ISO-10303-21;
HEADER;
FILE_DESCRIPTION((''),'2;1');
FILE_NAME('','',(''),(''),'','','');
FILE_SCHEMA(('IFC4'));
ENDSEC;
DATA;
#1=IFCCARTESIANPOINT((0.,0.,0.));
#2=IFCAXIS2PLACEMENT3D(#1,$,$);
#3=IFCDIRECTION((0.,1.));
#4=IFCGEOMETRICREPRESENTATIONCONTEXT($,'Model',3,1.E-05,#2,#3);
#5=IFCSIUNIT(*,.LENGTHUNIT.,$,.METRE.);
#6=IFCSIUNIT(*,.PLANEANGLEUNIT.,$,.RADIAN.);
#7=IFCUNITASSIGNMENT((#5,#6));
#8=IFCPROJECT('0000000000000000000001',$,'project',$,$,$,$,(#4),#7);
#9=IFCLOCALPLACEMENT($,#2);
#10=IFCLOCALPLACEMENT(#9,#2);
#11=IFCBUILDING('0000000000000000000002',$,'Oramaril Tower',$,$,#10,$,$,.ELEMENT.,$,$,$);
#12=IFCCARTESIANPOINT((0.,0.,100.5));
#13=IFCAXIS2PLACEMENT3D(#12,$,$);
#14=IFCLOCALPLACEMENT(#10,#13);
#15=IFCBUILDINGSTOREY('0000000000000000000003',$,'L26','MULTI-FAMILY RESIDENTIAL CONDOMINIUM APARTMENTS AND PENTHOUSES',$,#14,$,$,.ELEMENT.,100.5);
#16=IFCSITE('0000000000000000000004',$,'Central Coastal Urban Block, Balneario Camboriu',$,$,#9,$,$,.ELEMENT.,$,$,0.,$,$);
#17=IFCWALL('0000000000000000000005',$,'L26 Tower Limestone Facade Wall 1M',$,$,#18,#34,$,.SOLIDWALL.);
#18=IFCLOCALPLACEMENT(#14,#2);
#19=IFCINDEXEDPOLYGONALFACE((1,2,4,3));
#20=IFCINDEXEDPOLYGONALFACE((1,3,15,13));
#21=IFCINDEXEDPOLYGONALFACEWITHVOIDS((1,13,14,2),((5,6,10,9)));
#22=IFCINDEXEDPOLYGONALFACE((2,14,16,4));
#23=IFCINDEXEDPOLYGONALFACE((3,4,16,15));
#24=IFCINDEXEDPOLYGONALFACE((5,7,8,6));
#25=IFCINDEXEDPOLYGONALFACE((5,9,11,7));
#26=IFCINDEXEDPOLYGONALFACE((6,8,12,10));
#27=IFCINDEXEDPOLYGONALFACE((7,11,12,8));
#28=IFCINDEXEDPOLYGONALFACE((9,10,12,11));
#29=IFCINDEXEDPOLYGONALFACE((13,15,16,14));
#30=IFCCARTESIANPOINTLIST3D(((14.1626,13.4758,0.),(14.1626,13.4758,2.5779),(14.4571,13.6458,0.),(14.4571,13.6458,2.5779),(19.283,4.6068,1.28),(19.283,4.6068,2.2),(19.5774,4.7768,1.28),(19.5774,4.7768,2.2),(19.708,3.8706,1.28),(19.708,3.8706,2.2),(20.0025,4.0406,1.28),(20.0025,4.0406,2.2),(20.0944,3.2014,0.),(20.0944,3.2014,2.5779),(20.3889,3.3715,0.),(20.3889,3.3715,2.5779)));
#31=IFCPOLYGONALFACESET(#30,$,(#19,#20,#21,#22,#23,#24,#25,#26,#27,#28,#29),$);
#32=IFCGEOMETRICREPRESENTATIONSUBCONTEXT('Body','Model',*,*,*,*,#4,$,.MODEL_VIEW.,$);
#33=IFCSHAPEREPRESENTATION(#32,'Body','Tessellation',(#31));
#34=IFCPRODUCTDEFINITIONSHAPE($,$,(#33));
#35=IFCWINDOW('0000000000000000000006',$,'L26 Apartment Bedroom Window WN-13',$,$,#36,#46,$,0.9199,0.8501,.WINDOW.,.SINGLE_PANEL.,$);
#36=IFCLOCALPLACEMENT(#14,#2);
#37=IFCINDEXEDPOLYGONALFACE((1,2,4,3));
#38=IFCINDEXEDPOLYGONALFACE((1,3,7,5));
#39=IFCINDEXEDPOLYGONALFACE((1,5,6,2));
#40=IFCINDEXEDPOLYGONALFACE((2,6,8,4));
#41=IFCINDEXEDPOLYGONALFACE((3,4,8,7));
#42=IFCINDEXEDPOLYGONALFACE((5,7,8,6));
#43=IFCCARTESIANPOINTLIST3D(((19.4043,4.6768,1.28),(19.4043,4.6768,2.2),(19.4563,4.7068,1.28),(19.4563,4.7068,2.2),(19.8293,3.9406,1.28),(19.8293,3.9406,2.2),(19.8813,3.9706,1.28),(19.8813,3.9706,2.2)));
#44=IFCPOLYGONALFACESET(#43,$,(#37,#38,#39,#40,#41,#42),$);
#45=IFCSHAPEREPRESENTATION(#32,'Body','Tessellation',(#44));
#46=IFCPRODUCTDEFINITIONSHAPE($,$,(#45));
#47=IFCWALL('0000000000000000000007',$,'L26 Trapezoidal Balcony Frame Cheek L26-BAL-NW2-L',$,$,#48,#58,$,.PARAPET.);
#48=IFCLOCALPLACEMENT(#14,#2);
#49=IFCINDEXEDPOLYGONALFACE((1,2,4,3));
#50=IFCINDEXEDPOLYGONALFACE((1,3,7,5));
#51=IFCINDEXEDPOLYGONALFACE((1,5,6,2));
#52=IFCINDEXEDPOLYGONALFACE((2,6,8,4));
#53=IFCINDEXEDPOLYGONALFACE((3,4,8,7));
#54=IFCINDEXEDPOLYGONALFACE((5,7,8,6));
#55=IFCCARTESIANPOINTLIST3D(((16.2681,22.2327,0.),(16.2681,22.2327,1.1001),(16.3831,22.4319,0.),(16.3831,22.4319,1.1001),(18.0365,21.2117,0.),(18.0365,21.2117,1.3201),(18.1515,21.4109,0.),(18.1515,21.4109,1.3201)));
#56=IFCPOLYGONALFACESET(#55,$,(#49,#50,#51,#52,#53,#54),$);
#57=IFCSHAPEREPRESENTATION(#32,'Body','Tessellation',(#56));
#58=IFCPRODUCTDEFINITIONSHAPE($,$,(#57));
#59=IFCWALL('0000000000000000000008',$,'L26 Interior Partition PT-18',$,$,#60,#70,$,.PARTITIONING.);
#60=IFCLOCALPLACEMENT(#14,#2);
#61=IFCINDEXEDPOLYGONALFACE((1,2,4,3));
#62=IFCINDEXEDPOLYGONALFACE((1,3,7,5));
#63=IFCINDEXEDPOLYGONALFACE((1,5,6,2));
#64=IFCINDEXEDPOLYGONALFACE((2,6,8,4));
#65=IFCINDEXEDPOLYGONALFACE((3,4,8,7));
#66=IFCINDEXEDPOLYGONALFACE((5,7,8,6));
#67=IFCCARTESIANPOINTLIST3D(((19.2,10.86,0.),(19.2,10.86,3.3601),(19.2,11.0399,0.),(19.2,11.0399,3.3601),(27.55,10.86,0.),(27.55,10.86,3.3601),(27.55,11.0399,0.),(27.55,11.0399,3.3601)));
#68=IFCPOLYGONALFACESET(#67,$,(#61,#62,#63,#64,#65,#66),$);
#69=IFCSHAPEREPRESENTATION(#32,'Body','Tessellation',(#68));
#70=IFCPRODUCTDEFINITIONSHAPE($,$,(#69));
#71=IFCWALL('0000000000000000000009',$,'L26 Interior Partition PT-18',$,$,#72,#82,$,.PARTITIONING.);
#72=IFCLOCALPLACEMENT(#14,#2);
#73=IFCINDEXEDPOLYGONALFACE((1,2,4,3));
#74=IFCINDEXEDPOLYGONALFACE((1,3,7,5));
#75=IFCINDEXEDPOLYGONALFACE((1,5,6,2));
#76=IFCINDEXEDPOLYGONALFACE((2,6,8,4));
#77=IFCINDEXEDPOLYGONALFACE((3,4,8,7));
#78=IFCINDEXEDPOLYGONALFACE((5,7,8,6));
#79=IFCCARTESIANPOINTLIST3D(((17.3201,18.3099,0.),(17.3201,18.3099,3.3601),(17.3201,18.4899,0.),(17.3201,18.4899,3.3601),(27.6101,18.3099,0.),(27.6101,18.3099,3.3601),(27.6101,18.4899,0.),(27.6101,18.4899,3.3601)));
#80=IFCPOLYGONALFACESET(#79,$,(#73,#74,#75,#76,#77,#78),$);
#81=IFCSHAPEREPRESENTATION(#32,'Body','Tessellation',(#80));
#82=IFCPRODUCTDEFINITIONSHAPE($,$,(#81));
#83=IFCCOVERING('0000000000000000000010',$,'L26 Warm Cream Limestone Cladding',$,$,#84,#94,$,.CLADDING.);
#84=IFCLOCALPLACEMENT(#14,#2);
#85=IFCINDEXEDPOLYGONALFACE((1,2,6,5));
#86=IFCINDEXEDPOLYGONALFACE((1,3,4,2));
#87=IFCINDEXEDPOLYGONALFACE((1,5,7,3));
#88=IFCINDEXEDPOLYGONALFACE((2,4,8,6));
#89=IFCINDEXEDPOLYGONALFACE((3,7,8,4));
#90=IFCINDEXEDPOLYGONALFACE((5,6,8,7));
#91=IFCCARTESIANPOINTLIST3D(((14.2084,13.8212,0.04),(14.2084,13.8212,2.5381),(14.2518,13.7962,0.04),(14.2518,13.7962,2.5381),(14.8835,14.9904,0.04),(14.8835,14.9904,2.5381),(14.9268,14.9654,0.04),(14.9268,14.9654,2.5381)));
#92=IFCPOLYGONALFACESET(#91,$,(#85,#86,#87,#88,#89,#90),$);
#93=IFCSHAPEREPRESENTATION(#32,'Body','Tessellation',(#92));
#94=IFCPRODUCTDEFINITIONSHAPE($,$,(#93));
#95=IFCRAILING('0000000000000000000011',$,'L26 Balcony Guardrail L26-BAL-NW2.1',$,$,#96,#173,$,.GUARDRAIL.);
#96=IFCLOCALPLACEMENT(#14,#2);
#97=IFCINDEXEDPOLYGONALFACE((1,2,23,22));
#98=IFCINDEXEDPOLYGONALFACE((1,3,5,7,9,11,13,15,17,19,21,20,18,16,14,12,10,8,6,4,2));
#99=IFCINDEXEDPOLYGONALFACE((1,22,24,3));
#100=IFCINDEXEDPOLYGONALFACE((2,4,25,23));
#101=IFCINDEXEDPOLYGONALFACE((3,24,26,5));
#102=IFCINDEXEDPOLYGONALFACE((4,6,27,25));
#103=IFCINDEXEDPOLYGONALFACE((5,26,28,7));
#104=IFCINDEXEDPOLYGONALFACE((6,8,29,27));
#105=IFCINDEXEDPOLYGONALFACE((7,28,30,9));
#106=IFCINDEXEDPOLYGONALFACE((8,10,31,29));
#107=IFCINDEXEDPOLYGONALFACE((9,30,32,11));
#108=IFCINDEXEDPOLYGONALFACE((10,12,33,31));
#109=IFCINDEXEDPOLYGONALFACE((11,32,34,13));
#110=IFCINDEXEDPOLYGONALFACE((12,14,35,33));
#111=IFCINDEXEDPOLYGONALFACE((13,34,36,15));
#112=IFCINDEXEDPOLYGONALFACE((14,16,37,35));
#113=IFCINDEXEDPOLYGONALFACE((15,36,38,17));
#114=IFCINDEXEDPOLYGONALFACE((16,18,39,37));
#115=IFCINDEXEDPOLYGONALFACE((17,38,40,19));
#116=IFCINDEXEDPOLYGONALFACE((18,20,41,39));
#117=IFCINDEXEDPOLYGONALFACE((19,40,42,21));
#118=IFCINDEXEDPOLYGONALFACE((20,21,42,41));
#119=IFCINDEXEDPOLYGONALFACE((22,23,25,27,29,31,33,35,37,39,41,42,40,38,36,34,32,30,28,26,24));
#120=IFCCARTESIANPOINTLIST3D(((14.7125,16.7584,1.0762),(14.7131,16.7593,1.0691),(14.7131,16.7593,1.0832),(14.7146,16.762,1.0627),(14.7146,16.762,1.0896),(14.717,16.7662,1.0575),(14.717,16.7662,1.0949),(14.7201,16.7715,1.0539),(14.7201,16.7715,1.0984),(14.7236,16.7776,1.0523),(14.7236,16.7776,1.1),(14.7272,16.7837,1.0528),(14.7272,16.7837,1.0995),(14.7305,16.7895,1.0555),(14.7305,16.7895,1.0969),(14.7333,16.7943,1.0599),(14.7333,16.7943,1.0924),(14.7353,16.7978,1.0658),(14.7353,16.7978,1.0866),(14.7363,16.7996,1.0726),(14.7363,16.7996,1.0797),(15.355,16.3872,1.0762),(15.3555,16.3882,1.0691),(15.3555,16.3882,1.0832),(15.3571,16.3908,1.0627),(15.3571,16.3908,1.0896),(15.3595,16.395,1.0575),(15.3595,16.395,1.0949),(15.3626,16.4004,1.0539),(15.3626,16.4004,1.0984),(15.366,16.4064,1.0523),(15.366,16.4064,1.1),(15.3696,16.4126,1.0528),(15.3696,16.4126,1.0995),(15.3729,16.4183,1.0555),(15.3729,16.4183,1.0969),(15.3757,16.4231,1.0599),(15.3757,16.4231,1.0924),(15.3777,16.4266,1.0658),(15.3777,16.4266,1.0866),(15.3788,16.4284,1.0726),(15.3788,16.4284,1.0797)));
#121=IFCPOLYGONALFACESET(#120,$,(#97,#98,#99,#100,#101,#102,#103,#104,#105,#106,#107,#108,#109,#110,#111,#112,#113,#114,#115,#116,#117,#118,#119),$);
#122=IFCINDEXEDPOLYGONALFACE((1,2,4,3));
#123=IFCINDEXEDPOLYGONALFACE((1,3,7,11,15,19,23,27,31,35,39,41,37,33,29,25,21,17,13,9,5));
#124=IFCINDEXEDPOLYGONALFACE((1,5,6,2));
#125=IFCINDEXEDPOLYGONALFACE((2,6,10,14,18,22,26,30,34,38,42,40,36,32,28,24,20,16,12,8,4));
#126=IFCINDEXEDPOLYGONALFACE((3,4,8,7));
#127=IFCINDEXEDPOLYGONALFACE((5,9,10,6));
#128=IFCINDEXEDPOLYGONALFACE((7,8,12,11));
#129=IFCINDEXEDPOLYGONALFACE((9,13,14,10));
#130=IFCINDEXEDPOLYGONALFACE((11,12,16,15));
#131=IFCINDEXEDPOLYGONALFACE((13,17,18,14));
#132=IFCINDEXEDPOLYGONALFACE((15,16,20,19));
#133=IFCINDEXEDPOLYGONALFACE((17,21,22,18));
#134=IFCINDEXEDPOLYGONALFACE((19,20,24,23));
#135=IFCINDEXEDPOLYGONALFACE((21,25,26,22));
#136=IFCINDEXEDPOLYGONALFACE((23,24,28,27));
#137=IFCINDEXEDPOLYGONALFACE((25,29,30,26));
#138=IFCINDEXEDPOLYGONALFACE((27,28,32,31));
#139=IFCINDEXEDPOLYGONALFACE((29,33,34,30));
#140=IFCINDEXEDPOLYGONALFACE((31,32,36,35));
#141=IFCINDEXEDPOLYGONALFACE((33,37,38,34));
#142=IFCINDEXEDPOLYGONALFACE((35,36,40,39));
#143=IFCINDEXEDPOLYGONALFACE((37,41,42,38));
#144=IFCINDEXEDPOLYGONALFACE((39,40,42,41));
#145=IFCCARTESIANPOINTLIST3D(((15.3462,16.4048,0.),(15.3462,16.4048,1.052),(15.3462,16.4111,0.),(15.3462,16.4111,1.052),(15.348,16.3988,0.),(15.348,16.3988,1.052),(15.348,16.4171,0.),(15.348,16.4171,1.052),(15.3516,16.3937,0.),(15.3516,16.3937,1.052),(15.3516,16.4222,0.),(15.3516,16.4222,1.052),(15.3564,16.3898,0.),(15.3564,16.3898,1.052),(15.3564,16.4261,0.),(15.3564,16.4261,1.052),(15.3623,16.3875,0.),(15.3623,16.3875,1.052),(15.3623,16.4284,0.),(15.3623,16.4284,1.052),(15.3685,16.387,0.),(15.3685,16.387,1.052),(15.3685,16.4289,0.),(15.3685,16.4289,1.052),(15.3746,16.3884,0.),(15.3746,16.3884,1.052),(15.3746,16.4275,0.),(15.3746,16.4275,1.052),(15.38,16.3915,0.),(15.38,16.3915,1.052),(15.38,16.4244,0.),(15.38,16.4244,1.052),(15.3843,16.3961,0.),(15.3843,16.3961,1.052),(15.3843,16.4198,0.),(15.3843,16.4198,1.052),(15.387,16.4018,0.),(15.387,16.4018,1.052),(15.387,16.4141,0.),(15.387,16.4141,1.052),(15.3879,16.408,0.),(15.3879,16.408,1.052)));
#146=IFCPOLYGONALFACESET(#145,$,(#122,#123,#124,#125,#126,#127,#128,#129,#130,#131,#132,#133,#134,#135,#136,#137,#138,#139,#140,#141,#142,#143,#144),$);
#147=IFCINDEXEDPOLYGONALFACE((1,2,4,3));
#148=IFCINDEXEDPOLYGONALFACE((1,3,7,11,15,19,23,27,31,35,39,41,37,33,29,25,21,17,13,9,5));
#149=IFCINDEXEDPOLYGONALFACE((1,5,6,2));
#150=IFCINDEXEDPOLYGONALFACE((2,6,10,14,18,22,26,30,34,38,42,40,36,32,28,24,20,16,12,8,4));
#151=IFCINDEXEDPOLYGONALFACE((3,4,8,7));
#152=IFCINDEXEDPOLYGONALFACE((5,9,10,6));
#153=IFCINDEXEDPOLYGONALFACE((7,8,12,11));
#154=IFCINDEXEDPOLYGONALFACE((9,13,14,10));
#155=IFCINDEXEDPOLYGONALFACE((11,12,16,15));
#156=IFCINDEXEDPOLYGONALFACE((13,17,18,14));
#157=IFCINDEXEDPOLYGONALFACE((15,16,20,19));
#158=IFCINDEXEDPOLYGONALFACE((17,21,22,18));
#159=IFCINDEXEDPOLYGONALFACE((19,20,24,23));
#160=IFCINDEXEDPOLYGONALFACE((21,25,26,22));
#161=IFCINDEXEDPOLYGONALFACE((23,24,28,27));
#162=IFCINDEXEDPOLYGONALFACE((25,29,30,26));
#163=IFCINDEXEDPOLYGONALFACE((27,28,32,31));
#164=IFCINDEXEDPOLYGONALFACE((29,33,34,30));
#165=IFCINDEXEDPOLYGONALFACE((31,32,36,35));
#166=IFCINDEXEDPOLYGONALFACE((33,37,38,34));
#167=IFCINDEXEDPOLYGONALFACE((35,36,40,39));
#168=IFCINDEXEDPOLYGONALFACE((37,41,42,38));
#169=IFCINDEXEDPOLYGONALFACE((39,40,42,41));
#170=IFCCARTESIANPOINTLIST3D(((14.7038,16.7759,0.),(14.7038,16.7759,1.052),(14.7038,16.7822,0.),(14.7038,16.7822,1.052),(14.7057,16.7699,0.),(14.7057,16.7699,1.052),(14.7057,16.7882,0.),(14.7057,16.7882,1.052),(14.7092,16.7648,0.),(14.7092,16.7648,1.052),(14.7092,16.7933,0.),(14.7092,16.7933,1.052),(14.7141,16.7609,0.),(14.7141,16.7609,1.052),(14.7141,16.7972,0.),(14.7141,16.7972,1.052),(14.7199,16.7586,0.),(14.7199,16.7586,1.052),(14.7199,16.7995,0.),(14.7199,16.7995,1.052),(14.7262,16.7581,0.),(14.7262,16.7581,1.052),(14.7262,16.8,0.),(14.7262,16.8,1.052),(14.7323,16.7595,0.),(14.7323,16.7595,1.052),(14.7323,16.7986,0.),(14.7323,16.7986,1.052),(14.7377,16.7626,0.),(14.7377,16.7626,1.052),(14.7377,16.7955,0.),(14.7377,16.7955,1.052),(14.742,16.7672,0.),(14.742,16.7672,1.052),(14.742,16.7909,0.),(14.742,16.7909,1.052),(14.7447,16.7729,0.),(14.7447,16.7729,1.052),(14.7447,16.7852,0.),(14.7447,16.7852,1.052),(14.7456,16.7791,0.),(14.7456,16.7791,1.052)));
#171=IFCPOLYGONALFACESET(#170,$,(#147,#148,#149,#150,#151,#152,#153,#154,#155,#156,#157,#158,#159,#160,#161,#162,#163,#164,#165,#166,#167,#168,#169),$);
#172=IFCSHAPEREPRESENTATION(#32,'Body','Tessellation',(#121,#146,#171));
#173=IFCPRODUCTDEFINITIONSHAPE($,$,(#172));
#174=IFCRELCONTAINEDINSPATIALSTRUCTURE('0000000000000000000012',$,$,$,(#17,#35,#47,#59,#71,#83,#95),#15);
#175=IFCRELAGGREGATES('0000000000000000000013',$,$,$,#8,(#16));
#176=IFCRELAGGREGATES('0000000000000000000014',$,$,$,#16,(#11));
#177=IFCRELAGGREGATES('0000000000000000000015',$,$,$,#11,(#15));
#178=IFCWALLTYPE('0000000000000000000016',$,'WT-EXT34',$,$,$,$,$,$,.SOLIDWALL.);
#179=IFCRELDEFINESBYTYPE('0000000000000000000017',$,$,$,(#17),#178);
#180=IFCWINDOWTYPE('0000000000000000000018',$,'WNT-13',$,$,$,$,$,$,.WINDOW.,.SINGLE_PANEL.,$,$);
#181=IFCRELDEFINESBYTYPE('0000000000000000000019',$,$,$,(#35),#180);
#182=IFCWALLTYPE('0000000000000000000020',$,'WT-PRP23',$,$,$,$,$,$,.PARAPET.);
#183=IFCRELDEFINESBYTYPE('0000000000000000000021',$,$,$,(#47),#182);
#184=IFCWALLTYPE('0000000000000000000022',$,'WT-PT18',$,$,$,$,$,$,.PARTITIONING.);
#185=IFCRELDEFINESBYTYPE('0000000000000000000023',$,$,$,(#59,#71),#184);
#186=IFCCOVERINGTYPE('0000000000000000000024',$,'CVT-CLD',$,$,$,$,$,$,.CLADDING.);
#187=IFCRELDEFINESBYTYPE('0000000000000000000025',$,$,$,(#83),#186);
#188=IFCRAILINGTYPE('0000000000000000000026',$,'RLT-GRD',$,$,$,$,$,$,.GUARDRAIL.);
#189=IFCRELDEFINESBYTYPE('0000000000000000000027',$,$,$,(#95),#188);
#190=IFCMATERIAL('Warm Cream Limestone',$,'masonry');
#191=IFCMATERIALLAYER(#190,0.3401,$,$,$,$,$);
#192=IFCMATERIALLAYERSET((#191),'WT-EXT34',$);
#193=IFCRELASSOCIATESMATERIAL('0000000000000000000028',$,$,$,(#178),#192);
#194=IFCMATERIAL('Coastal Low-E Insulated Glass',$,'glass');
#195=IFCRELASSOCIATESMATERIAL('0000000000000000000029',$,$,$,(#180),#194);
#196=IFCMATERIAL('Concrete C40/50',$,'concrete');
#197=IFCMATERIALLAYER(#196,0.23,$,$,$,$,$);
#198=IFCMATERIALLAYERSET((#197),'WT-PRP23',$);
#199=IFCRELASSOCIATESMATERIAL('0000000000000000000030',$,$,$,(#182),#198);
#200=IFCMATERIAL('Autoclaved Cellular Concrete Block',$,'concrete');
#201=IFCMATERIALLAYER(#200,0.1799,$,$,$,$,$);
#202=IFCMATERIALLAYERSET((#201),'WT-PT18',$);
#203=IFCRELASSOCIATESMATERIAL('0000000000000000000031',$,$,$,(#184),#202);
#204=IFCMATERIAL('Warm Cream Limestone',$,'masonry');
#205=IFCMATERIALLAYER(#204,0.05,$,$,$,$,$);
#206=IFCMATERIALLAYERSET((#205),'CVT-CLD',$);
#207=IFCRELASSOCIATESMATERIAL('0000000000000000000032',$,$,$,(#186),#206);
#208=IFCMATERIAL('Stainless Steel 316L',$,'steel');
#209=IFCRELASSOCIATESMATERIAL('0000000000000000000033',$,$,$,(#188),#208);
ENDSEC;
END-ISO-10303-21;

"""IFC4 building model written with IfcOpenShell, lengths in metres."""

from ifc_helpers import new_model, si_unit, direction, frame, frame_2d, origin, origin_2d, place, context, subcontext, project, spatial, polyline, rectangle, circle, outline, extrude, material, layer, layer_set, type_object, element, fill, save


model = new_model("IFC4")

# Units and contexts
model_context = context("Model", 3, precision=1e-05, world=origin(), true_north=direction((0.0, 1.0)))
body_context = subcontext(model_context, "Body", "Model", "MODEL_VIEW")
ifc_project = project(units=[si_unit("LENGTHUNIT", "METRE"), si_unit("PLANEANGLEUNIT", "RADIAN")], contexts=[model_context])

# Site, building, storey
site_placement = place(None, origin())
site = spatial("IfcSite", under=ifc_project, at=site_placement, Name="Central Coastal Urban Block, Balneario Camboriu", CompositionType="ELEMENT", RefElevation=0.0)
building_placement = place(site_placement, origin())
building = spatial("IfcBuilding", under=site, at=building_placement, Name="Oramaril Tower", CompositionType="ELEMENT")
storey_placement = place(building_placement, frame((0.0, 0.0, 100.5)))
storey = spatial("IfcBuildingStorey", under=building, at=storey_placement, Name="L26", Description="MULTI-FAMILY RESIDENTIAL CONDOMINIUM APARTMENTS AND PENTHOUSES", CompositionType="ELEMENT", Elevation=100.5)

# Wall, opening, window
ifc_material_1 = material(Name="Warm Cream Limestone", Category="masonry")
ifc_layer_1 = layer(ifc_material_1, 0.3401)
ifc_layer_set_1 = layer_set([ifc_layer_1], Name="WT-EXT34")
wall_type_1 = type_object("IfcWallType", Name="WT-EXT34", PredefinedType="SOLIDWALL", material=ifc_layer_set_1)
wall_1_placement = place(storey_placement, frame((14.3098, 13.5608, 0.0), z_axis=(0.0, 0.0, 1.0), x_axis=(0.499997, -0.866027, 0.0)))
wall_1 = element("IfcWall", 1, at=wall_1_placement, inside=storey, type_object=wall_type_1, Name="L26 Tower Limestone Facade Wall 1M", PredefinedType="SOLIDWALL", context=body_context, shape_type="SweptSolid", body=[
    extrude(rectangle(XDim=11.8638, YDim=0.3401, at=frame_2d((5.9319, 0.0))), origin(), (0.0, 0.0, 1.0), 2.5779),
])
opening_placement = place(wall_1_placement, frame((10.241, 0.0, 1.28)))
opening = element("IfcOpeningElement", 2, at=opening_placement, cuts=wall_1, PredefinedType="OPENING", context=body_context, shape_type="SweptSolid", body=[
    extrude(rectangle(XDim=0.8501, YDim=0.9199, at=frame_2d((0.425, 0.46))), frame((0.0, 0.1699, 0.0), z_axis=(0.0, -1.0, 0.0), x_axis=(1.0, 0.0, 0.0)), (0.0, 0.0, 1.0), 0.3401),
])
ifc_material_2 = material(Name="Coastal Low-E Insulated Glass", Category="glass")
window_type = type_object("IfcWindowType", Name="WNT-13", PartitioningType="SINGLE_PANEL", PredefinedType="WINDOW", material=ifc_material_2)
window_placement = place(opening_placement, origin())
window = element("IfcWindow", 3, at=window_placement, inside=storey, type_object=window_type, Name="L26 Apartment Bedroom Window WN-13", OverallHeight=0.9199, OverallWidth=0.8501, PartitioningType="SINGLE_PANEL", PredefinedType="WINDOW", context=body_context, shape_type="SweptSolid", body=[
    extrude(rectangle(XDim=0.8501, YDim=0.9199, at=frame_2d((0.425, 0.46))), frame((0.0, 0.03, 0.0), z_axis=(0.0, -1.0, 0.0), x_axis=(1.0, 0.0, 0.0)), (0.0, 0.0, 1.0), 0.0601),
])
fill(opening, window)

# Walls
ifc_material_3 = material(Name="Concrete C40/50", Category="concrete")
ifc_layer_2 = layer(ifc_material_3, 0.23)
ifc_layer_set_2 = layer_set([ifc_layer_2], Name="WT-PRP23")
wall_type_2 = type_object("IfcWallType", Name="WT-PRP23", PredefinedType="PARAPET", material=ifc_layer_set_2)
wall_2_placement = place(storey_placement, frame((18.094, 21.3113, 0.0), z_axis=(0.0, 0.0, 1.0), x_axis=(-0.866012, 0.500023, 0.0)))
element("IfcWall", 4, at=wall_2_placement, inside=storey, type_object=wall_type_2, Name="L26 Trapezoidal Balcony Frame Cheek L26-BAL-NW2-L", PredefinedType="PARAPET", context=body_context, shape_type="SweptSolid", body=[
    extrude(outline(polyline([(0.0, 0.0), (2.042, 0.0), (2.042, 1.1001), (0.0, 1.3201), (0.0, 0.0)])), frame((0.0, 0.115, 0.0), z_axis=(0.0, -1.0, 0.0), x_axis=(1.0, 0.0, 0.0)), (0.0, 0.0, 1.0), 0.23),
])
ifc_material_4 = material(Name="Autoclaved Cellular Concrete Block", Category="concrete")
ifc_layer_3 = layer(ifc_material_4, 0.1799)
ifc_layer_set_3 = layer_set([ifc_layer_3], Name="WT-PT18")
wall_type_3 = type_object("IfcWallType", Name="WT-PT18", PredefinedType="PARTITIONING", material=ifc_layer_set_3)
wall_3_placement = place(storey_placement, frame((19.2, 10.95, 0.0), z_axis=(0.0, 0.0, 1.0), x_axis=(1.0, 0.0, 0.0)))
element("IfcWall", 5, at=wall_3_placement, inside=storey, type_object=wall_type_3, Name="L26 Interior Partition PT-18", PredefinedType="PARTITIONING", context=body_context, shape_type="SweptSolid", body=[
    extrude(rectangle(XDim=8.3501, YDim=0.1799, at=frame_2d((4.175, 0.0))), origin(), (0.0, 0.0, 1.0), 3.3601),
])
wall_4_placement = place(storey_placement, frame((17.3201, 18.3999, 0.0), z_axis=(0.0, 0.0, 1.0), x_axis=(1.0, 0.0, 0.0)))
element("IfcWall", 6, at=wall_4_placement, inside=storey, type_object=wall_type_3, Name="L26 Interior Partition PT-18", PredefinedType="PARTITIONING", context=body_context, shape_type="SweptSolid", body=[
    extrude(rectangle(XDim=10.29, YDim=0.1799, at=frame_2d((5.145, 0.0))), origin(), (0.0, 0.0, 1.0), 3.3601),
])

# Covering
ifc_material_5 = material(Name="Warm Cream Limestone", Category="masonry")
ifc_layer_4 = layer(ifc_material_5, 0.05)
ifc_layer_set_4 = layer_set([ifc_layer_4], Name="CVT-CLD")
covering_type = type_object("IfcCoveringType", Name="CVT-CLD", PredefinedType="CLADDING", material=ifc_layer_set_4)
covering_placement = place(storey_placement, frame((14.5676, 14.3933, 0.04), z_axis=(0.0, 0.0, 1.0), x_axis=(-0.5, -0.866025, 0.0)))
element("IfcCovering", 7, at=covering_placement, inside=storey, type_object=covering_type, Name="L26 Warm Cream Limestone Cladding", PredefinedType="CLADDING", context=body_context, shape_type="SweptSolid", body=[
    extrude(rectangle(XDim=1.3501, YDim=0.05, at=origin_2d()), origin(), (0.0, 0.0, 1.0), 2.498),
])

# Railing
ifc_material_6 = material(Name="Stainless Steel 316L", Category="steel")
railing_type = type_object("IfcRailingType", Name="RLT-GRD", PredefinedType="GUARDRAIL", material=ifc_material_6)
railing_1_placement = place(storey_placement, frame((15.3669, 16.408, 0.0)))
element("IfcRailing", 8, at=railing_1_placement, inside=storey, type_object=railing_type, Name="L26 Balcony Guardrail L26-BAL-NW2.1", PredefinedType="GUARDRAIL", context=body_context, shape_type="SweptSolid", body=[
    extrude(circle(Radius=0.0239, at=origin_2d()), frame((0.0, 0.0, 1.0762), z_axis=(-0.865884, 0.500245, 0.0), x_axis=(-0.500245, -0.865884, 0.0)), (0.0, 0.0, 1.0), 0.7419),
    extrude(circle(Radius=0.021, at=origin_2d()), origin(), (0.0, 0.0, 1.0), 1.052),
    extrude(circle(Radius=0.021, at=origin_2d()), frame((-0.6423, 0.3711, 0.0)), (0.0, 0.0, 1.0), 1.052),
])

save(model, "model.ifc")
